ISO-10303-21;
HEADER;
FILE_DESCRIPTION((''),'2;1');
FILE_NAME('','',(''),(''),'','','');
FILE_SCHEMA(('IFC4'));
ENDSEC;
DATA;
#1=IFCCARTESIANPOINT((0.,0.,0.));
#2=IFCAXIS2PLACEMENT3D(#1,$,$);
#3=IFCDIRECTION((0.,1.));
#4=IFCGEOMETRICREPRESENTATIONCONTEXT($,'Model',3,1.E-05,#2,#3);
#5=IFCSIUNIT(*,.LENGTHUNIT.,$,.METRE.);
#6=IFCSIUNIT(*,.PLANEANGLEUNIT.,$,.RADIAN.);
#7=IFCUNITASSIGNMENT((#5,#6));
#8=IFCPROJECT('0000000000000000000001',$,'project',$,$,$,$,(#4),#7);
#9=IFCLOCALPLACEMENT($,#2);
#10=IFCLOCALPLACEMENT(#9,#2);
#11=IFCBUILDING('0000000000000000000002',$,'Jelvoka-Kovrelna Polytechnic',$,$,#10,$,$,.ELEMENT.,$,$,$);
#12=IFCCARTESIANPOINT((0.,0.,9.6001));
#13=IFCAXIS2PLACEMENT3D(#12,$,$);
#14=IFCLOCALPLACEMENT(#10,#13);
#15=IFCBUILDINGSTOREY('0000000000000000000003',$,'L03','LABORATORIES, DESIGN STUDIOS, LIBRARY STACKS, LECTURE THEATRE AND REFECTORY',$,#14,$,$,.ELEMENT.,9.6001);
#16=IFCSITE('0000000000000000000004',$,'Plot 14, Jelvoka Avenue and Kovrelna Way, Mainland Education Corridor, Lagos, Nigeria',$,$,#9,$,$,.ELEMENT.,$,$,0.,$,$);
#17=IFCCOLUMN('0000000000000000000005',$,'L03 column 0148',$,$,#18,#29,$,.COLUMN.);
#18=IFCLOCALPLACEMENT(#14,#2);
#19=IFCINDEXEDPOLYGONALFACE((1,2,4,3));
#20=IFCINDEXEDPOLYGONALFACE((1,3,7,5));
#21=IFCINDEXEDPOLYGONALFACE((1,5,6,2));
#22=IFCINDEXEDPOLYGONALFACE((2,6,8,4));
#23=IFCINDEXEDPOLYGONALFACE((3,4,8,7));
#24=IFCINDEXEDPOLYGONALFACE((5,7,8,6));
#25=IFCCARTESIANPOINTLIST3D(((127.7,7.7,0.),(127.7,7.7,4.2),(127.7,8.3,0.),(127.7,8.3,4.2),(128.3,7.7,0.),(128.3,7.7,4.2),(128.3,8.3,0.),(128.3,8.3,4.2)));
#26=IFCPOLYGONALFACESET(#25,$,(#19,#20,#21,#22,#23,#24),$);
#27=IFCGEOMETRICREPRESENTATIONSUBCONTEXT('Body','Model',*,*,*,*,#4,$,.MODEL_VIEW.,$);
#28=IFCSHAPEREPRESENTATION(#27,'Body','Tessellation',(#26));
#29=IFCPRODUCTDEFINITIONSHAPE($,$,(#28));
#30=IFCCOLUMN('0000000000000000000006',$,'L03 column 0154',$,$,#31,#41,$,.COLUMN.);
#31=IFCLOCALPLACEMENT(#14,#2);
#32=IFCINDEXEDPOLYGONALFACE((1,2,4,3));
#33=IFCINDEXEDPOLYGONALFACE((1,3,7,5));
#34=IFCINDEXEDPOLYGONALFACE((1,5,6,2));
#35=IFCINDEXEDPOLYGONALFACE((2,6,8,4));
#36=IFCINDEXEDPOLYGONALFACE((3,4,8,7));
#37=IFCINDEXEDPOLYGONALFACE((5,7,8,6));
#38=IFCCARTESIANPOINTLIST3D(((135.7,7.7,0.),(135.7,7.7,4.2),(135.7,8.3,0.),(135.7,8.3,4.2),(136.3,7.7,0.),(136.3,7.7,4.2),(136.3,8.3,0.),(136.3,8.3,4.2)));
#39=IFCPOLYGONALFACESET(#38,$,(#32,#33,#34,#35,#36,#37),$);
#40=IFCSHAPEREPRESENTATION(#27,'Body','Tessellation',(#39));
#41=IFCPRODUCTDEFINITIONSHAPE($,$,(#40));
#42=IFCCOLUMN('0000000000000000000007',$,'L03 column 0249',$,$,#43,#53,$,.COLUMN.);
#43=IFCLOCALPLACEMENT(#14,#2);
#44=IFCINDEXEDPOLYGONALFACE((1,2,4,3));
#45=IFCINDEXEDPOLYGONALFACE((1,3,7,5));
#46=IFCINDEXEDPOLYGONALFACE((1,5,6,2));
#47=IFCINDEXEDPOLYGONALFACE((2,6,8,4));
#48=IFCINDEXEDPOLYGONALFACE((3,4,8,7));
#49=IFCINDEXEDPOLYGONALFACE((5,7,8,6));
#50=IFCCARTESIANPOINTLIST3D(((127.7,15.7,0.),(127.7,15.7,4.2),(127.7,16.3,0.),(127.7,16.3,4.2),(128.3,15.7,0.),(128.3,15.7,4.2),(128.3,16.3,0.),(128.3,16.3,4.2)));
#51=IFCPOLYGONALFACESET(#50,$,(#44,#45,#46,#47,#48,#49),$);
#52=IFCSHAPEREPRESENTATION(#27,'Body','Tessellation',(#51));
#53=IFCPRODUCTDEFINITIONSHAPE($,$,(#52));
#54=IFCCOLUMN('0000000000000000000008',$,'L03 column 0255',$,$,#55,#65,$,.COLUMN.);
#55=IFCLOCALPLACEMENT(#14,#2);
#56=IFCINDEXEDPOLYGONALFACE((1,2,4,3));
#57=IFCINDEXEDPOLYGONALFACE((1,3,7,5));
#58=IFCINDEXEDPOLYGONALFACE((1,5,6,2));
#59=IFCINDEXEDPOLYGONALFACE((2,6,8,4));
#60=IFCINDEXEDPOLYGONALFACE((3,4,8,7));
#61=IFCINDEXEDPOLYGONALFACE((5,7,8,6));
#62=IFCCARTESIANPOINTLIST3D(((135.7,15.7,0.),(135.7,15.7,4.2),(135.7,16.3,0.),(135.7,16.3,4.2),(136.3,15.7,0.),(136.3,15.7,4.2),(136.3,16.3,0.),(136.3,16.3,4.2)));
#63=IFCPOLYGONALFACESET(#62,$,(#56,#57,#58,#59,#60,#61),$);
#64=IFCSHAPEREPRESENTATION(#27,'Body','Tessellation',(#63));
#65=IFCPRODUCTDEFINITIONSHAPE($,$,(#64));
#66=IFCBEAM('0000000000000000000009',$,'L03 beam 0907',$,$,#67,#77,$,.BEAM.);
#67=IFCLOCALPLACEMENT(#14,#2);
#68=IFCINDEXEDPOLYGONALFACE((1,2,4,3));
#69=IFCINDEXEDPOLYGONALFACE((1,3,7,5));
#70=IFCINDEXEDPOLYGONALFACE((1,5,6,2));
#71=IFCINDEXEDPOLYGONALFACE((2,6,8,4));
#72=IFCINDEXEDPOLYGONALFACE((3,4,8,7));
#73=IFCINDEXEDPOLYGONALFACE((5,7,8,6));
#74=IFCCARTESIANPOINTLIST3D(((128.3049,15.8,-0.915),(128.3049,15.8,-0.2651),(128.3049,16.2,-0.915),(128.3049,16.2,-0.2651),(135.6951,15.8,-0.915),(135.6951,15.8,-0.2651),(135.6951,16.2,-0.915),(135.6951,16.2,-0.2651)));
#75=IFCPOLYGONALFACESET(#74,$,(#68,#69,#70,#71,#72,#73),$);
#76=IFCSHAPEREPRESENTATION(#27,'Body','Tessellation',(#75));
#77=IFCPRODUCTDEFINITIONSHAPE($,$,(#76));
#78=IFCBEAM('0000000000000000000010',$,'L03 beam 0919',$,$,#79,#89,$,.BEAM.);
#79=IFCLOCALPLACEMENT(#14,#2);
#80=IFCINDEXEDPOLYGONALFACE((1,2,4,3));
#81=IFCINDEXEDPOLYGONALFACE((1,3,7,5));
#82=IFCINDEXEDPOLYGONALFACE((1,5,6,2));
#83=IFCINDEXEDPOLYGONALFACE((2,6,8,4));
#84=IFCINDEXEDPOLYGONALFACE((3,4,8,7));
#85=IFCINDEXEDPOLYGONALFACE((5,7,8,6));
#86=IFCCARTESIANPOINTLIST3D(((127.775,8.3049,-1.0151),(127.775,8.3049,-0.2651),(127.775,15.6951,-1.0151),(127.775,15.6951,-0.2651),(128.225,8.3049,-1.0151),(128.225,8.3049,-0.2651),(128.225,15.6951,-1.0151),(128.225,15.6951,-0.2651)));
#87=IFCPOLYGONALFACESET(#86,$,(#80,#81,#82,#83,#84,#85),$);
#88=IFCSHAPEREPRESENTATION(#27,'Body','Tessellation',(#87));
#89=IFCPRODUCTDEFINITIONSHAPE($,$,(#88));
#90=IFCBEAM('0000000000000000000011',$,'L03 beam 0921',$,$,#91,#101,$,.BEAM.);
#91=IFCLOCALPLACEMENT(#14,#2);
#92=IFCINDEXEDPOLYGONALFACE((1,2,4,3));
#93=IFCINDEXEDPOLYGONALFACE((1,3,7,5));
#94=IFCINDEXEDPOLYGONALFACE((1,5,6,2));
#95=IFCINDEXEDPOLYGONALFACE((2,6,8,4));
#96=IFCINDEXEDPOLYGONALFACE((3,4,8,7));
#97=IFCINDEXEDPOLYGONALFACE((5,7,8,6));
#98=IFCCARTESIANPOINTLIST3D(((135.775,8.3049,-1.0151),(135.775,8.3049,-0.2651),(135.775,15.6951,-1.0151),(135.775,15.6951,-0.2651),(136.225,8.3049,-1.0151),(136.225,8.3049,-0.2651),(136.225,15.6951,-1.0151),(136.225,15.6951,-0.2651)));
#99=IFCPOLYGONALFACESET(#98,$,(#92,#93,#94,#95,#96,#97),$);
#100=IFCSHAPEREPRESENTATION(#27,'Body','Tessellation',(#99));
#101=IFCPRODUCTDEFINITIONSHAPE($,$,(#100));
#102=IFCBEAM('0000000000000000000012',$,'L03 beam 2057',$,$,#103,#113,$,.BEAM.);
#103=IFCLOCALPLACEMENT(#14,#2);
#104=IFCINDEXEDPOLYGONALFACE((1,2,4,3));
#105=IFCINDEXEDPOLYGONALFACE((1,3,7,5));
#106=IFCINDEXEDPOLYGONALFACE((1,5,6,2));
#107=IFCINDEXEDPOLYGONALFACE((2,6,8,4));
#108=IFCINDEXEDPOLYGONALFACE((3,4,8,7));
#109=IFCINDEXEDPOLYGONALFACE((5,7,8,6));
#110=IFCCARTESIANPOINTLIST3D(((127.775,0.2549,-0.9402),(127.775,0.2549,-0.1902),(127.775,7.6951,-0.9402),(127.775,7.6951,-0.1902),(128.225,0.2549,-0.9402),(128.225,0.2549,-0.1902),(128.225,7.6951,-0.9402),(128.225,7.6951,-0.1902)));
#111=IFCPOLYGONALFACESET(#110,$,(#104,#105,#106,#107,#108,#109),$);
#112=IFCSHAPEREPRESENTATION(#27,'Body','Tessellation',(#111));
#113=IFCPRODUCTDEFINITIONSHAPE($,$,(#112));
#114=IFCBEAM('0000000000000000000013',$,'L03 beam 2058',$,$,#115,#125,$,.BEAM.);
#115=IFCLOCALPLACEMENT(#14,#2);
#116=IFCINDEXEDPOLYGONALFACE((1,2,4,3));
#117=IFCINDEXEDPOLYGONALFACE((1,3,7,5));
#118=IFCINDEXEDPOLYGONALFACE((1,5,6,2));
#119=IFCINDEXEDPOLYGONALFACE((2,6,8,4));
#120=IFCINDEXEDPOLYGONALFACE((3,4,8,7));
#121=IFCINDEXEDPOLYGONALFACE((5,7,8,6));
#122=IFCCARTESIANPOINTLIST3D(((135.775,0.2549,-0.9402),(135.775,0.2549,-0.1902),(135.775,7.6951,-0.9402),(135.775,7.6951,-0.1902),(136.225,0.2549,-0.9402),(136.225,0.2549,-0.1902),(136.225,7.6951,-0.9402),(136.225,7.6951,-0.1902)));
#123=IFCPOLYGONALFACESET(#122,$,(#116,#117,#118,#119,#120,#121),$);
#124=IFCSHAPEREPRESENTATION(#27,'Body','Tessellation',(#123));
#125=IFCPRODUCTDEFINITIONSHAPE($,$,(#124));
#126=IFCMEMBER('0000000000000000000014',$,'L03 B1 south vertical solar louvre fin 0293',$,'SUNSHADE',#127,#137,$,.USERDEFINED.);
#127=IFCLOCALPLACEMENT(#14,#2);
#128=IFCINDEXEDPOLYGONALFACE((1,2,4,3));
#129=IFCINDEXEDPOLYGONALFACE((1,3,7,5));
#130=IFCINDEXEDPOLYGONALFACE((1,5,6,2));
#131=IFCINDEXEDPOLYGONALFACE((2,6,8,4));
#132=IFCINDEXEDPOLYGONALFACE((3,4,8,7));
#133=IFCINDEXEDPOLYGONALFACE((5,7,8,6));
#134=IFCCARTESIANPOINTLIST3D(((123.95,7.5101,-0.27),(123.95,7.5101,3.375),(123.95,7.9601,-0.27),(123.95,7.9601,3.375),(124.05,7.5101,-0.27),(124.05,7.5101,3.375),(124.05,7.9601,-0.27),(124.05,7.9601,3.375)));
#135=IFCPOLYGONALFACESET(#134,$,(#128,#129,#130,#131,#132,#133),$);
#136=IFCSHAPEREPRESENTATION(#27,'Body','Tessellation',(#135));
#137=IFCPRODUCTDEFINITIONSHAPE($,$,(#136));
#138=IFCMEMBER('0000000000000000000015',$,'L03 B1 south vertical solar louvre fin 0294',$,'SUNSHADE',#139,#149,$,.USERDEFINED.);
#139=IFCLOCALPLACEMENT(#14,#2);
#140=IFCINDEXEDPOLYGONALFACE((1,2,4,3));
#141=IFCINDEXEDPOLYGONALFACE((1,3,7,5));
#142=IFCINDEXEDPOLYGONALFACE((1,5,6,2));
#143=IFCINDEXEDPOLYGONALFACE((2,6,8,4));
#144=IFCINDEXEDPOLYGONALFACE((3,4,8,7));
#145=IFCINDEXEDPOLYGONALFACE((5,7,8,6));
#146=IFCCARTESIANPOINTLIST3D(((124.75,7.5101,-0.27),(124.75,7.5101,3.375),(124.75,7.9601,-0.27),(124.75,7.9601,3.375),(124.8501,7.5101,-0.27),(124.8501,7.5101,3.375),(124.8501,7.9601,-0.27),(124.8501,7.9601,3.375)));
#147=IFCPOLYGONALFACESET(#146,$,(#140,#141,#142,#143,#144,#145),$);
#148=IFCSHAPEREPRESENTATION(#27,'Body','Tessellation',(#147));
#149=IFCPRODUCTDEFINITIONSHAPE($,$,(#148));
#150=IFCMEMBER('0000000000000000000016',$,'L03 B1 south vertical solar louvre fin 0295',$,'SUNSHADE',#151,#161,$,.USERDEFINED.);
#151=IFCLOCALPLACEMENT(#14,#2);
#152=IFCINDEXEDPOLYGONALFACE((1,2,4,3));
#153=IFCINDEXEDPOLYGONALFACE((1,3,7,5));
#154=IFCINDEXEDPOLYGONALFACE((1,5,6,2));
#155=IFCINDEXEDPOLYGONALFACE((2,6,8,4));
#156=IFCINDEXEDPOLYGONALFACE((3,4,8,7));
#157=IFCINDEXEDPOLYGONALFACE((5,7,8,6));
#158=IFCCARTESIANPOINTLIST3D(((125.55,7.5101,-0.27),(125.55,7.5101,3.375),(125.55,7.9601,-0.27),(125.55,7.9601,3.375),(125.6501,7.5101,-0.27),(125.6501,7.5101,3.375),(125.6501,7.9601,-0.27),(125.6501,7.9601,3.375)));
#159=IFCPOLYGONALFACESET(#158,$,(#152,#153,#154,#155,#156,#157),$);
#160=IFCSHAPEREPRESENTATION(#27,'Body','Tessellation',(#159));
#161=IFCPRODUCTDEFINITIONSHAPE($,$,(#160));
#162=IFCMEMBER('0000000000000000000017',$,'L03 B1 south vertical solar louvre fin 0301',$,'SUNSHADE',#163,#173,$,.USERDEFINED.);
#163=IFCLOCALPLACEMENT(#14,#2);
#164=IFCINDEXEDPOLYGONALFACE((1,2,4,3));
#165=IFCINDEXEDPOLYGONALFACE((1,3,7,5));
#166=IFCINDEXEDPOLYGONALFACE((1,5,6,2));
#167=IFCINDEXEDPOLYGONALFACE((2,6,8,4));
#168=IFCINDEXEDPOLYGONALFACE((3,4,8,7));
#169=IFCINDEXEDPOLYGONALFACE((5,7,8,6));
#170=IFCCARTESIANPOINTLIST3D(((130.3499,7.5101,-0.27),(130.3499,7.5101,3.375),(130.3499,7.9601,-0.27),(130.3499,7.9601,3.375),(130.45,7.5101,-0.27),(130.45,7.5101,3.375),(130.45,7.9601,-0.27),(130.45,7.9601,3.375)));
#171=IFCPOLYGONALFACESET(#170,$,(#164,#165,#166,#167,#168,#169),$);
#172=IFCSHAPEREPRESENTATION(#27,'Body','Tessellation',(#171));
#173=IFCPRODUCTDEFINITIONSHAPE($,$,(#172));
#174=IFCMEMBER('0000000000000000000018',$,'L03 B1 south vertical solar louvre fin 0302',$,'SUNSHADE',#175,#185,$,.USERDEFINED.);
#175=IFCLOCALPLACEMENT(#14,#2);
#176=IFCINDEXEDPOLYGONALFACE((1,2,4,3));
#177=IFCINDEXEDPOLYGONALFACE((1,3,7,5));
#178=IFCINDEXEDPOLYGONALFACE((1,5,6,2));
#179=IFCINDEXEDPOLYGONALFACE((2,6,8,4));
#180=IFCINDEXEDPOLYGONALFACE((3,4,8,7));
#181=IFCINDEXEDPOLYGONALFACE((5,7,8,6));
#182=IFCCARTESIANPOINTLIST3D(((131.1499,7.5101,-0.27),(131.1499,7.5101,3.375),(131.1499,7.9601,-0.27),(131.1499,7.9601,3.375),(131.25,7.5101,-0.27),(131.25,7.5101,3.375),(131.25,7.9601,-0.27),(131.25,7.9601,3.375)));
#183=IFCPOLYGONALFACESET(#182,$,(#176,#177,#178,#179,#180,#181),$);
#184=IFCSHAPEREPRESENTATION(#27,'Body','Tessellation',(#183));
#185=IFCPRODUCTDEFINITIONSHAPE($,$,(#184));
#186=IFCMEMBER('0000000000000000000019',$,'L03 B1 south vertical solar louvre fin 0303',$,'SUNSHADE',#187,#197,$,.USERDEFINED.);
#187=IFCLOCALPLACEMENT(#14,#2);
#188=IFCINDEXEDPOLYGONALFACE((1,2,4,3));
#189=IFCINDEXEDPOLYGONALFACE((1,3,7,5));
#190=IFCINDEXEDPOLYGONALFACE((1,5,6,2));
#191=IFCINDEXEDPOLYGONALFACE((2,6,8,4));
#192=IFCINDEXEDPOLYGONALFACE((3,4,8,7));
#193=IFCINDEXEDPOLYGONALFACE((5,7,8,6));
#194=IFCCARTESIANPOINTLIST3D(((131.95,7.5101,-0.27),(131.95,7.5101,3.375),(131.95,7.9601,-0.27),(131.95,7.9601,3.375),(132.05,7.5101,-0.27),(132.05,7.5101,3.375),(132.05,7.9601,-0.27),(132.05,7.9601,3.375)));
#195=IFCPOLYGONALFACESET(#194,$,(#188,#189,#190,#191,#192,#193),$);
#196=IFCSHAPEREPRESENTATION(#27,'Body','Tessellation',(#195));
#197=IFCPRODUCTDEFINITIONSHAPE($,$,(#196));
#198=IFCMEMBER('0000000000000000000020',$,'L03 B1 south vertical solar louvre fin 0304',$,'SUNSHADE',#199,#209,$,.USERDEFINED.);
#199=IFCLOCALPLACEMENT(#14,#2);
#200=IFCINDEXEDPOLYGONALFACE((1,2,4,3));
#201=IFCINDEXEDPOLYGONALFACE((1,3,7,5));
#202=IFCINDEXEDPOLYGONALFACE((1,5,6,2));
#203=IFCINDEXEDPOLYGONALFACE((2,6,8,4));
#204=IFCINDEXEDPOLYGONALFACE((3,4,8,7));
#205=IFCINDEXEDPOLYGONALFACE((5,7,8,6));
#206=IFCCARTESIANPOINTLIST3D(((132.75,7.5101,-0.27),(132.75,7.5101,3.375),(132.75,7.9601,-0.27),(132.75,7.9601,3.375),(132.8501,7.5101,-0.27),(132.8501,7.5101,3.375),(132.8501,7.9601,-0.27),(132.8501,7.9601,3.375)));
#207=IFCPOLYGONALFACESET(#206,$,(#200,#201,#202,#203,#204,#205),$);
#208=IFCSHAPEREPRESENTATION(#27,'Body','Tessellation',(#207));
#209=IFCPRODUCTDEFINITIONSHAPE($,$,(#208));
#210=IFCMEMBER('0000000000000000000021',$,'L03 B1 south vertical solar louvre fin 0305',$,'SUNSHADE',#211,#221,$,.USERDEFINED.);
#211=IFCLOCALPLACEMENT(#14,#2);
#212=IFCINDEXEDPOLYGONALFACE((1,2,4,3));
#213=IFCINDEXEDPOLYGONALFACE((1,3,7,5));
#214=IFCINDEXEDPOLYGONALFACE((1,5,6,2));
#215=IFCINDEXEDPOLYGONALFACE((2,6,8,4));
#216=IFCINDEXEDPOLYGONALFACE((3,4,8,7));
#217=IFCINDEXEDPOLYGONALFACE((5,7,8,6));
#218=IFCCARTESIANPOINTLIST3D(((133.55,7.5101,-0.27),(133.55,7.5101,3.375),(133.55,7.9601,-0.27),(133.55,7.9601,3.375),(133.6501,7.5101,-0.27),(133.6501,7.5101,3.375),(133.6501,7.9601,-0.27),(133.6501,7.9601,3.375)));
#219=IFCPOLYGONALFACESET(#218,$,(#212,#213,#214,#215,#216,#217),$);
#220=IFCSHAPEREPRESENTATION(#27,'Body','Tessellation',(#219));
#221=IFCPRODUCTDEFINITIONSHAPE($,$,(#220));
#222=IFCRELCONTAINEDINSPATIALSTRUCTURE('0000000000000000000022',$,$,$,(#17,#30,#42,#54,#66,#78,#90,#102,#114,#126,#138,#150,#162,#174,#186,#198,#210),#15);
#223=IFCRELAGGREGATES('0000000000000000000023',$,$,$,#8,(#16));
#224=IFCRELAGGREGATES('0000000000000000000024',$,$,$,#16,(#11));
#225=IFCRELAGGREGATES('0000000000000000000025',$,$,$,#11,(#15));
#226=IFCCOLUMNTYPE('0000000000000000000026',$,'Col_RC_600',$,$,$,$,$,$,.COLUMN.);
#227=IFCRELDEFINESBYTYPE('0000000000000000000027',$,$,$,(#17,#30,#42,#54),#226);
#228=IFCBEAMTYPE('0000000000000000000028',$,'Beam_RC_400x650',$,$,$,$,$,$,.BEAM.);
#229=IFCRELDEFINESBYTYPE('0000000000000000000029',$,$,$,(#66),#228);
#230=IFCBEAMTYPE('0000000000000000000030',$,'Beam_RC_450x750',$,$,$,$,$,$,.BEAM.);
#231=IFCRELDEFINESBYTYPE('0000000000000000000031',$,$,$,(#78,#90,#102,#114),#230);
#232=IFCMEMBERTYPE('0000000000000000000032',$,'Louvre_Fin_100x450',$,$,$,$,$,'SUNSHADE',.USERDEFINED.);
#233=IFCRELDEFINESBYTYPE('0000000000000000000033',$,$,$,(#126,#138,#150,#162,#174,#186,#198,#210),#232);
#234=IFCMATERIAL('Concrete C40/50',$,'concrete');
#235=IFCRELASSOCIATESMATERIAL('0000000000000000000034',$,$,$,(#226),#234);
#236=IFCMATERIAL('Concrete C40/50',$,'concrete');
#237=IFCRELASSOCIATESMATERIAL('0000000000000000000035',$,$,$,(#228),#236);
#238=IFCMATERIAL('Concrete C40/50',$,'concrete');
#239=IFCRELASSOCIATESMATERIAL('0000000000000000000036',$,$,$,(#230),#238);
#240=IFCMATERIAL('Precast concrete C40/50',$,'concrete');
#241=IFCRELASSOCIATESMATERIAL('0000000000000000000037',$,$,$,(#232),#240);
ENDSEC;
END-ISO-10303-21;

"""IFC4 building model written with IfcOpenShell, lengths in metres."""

from ifc_helpers import new_model, si_unit, direction, frame, origin, origin_2d, place, context, subcontext, project, spatial, rectangle, extrude, material, material_profile, profile_set, type_object, element, save


model = new_model("IFC4")

# Units and contexts
model_context = context("Model", 3, precision=1e-05, world=origin(), true_north=direction((0.0, 1.0)))
body_context = subcontext(model_context, "Body", "Model", "MODEL_VIEW")
ifc_project = project(units=[si_unit("LENGTHUNIT", "METRE"), si_unit("PLANEANGLEUNIT", "RADIAN")], contexts=[model_context])

# Site, building, storey
site_placement = place(None, origin())
site = spatial("IfcSite", under=ifc_project, at=site_placement, Name="Plot 14, Jelvoka Avenue and Kovrelna Way, Mainland Education Corridor, Lagos, Nigeria", CompositionType="ELEMENT", RefElevation=0.0)
building_placement = place(site_placement, origin())
building = spatial("IfcBuilding", under=site, at=building_placement, Name="Jelvoka-Kovrelna Polytechnic", CompositionType="ELEMENT")
storey_placement = place(building_placement, frame((0.0, 0.0, 9.6001)))
storey = spatial("IfcBuildingStorey", under=building, at=storey_placement, Name="L03", Description="LABORATORIES, DESIGN STUDIOS, LIBRARY STACKS, LECTURE THEATRE AND REFECTORY", CompositionType="ELEMENT", Elevation=9.6001)

# Columns
ifc_material_1 = material(Name="Concrete C40/50", Category="concrete")
ifc_material_profile_1 = material_profile(ifc_material_1, rectangle(XDim=0.6001, YDim=0.6001, at=origin_2d()), Name="RC 600x600")
ifc_profile_set_1 = profile_set([ifc_material_profile_1], Name="Concrete C40/50")
column_type = type_object("IfcColumnType", Name="Col_RC_600", PredefinedType="COLUMN", material=ifc_profile_set_1)
for number, where, z_axis, x_axis, name in (
    (1, (128.0, 8.0, 0.0), (0.0, 0.0, 1.0), (1.0, 0.0, 0.0), "L03 column 0148"),
    (2, (136.0, 8.0, 0.0), (0.0, 0.0, 1.0), (1.0, 0.0, 0.0), "L03 column 0154"),
    (3, (128.0, 16.0, 0.0), (0.0, 0.0, 1.0), (1.0, 0.0, 0.0), "L03 column 0249"),
    (4, (136.0, 16.0, 0.0), (0.0, 0.0, 1.0), (1.0, 0.0, 0.0), "L03 column 0255"),
):
    element("IfcColumn", number, at=place(storey_placement, frame(where, z_axis=z_axis, x_axis=x_axis)), inside=storey, type_object=column_type, Name=name, PredefinedType="COLUMN", context=body_context, shape_type="SweptSolid", body=[
        extrude(rectangle(XDim=0.6001, YDim=0.6001, at=origin_2d()), origin(), (0.0, 0.0, 1.0), 4.2),
    ])

# Beams
ifc_material_2 = material(Name="Concrete C40/50", Category="concrete")
ifc_material_profile_2 = material_profile(ifc_material_2, rectangle(XDim=0.3999, YDim=0.6499, at=origin_2d()), Name="RC 400x650")
ifc_profile_set_2 = profile_set([ifc_material_profile_2], Name="Concrete C40/50")
beam_type_1 = type_object("IfcBeamType", Name="Beam_RC_400x650", PredefinedType="BEAM", material=ifc_profile_set_2)
beam_placement = place(storey_placement, frame((128.3049, 16.0, -0.5901), z_axis=(1.0, 0.0, 0.0), x_axis=(0.0, 1.0, 0.0)))
element("IfcBeam", 5, at=beam_placement, inside=storey, type_object=beam_type_1, Name="L03 beam 0907", PredefinedType="BEAM", context=body_context, shape_type="SweptSolid", body=[
    extrude(rectangle(XDim=0.3999, YDim=0.6499, at=origin_2d()), origin(), (0.0, 0.0, 1.0), 7.3901),
])
ifc_material_3 = material(Name="Concrete C40/50", Category="concrete")
ifc_material_profile_3 = material_profile(ifc_material_3, rectangle(XDim=0.45, YDim=0.75, at=origin_2d()), Name="RC 450x750")
ifc_profile_set_3 = profile_set([ifc_material_profile_3], Name="Concrete C40/50")
beam_type_2 = type_object("IfcBeamType", Name="Beam_RC_450x750", PredefinedType="BEAM", material=ifc_profile_set_3)
for number, where, z_axis, x_axis, name in (
    (6, (128.0, 8.3049, -0.6401), (0.0, 1.0, 0.0), (-1.0, 0.0, 0.0), "L03 beam 0919"),
    (7, (136.0, 8.3049, -0.6401), (0.0, 1.0, 0.0), (-1.0, 0.0, 0.0), "L03 beam 0921"),
):
    element("IfcBeam", number, at=place(storey_placement, frame(where, z_axis=z_axis, x_axis=x_axis)), inside=storey, type_object=beam_type_2, Name=name, PredefinedType="BEAM", context=body_context, shape_type="SweptSolid", body=[
        extrude(rectangle(XDim=0.45, YDim=0.75, at=origin_2d()), origin(), (0.0, 0.0, 1.0), 7.3901),
    ])
for number, where, z_axis, x_axis, name in (
    (8, (128.0, 0.2549, -0.5652), (0.0, 1.0, 0.0), (-1.0, 0.0, 0.0), "L03 beam 2057"),
    (9, (136.0, 0.2549, -0.5652), (0.0, 1.0, 0.0), (-1.0, 0.0, 0.0), "L03 beam 2058"),
):
    element("IfcBeam", number, at=place(storey_placement, frame(where, z_axis=z_axis, x_axis=x_axis)), inside=storey, type_object=beam_type_2, Name=name, PredefinedType="BEAM", context=body_context, shape_type="SweptSolid", body=[
        extrude(rectangle(XDim=0.45, YDim=0.75, at=origin_2d()), origin(), (0.0, 0.0, 1.0), 7.4402),
    ])

# Members
ifc_material_4 = material(Name="Precast concrete C40/50", Category="concrete")
ifc_material_profile_4 = material_profile(ifc_material_4, rectangle(XDim=0.1001, YDim=0.45, at=origin_2d()), Name="PC 100x450")
ifc_profile_set_4 = profile_set([ifc_material_profile_4], Name="Precast concrete C40/50")
member_type = type_object("IfcMemberType", Name="Louvre_Fin_100x450", ElementType="SUNSHADE", PredefinedType="USERDEFINED", material=ifc_profile_set_4)
for number, where, z_axis, x_axis, name in (
    (10, (124.0, 7.7351, -0.27), (0.0, 0.0, 1.0), (1.0, 0.0, 0.0), "L03 B1 south vertical solar louvre fin 0293"),
    (11, (124.8, 7.7351, -0.27), (0.0, 0.0, 1.0), (1.0, 0.0, 0.0), "L03 B1 south vertical solar louvre fin 0294"),
    (12, (125.6001, 7.7351, -0.27), (0.0, 0.0, 1.0), (1.0, 0.0, 0.0), "L03 B1 south vertical solar louvre fin 0295"),
    (13, (130.3999, 7.7351, -0.27), (0.0, 0.0, 1.0), (1.0, 0.0, 0.0), "L03 B1 south vertical solar louvre fin 0301"),
    (14, (131.2, 7.7351, -0.27), (0.0, 0.0, 1.0), (1.0, 0.0, 0.0), "L03 B1 south vertical solar louvre fin 0302"),
    (15, (132.0, 7.7351, -0.27), (0.0, 0.0, 1.0), (1.0, 0.0, 0.0), "L03 B1 south vertical solar louvre fin 0303"),
    (16, (132.8, 7.7351, -0.27), (0.0, 0.0, 1.0), (1.0, 0.0, 0.0), "L03 B1 south vertical solar louvre fin 0304"),
    (17, (133.6001, 7.7351, -0.27), (0.0, 0.0, 1.0), (1.0, 0.0, 0.0), "L03 B1 south vertical solar louvre fin 0305"),
):
    element("IfcMember", number, at=place(storey_placement, frame(where, z_axis=z_axis, x_axis=x_axis)), inside=storey, type_object=member_type, Name=name, ObjectType="SUNSHADE", PredefinedType="USERDEFINED", context=body_context, shape_type="SweptSolid", body=[
        extrude(rectangle(XDim=0.1001, YDim=0.45, at=origin_2d()), origin(), (0.0, 0.0, 1.0), 3.645),
    ])

save(model, "model.ifc")
